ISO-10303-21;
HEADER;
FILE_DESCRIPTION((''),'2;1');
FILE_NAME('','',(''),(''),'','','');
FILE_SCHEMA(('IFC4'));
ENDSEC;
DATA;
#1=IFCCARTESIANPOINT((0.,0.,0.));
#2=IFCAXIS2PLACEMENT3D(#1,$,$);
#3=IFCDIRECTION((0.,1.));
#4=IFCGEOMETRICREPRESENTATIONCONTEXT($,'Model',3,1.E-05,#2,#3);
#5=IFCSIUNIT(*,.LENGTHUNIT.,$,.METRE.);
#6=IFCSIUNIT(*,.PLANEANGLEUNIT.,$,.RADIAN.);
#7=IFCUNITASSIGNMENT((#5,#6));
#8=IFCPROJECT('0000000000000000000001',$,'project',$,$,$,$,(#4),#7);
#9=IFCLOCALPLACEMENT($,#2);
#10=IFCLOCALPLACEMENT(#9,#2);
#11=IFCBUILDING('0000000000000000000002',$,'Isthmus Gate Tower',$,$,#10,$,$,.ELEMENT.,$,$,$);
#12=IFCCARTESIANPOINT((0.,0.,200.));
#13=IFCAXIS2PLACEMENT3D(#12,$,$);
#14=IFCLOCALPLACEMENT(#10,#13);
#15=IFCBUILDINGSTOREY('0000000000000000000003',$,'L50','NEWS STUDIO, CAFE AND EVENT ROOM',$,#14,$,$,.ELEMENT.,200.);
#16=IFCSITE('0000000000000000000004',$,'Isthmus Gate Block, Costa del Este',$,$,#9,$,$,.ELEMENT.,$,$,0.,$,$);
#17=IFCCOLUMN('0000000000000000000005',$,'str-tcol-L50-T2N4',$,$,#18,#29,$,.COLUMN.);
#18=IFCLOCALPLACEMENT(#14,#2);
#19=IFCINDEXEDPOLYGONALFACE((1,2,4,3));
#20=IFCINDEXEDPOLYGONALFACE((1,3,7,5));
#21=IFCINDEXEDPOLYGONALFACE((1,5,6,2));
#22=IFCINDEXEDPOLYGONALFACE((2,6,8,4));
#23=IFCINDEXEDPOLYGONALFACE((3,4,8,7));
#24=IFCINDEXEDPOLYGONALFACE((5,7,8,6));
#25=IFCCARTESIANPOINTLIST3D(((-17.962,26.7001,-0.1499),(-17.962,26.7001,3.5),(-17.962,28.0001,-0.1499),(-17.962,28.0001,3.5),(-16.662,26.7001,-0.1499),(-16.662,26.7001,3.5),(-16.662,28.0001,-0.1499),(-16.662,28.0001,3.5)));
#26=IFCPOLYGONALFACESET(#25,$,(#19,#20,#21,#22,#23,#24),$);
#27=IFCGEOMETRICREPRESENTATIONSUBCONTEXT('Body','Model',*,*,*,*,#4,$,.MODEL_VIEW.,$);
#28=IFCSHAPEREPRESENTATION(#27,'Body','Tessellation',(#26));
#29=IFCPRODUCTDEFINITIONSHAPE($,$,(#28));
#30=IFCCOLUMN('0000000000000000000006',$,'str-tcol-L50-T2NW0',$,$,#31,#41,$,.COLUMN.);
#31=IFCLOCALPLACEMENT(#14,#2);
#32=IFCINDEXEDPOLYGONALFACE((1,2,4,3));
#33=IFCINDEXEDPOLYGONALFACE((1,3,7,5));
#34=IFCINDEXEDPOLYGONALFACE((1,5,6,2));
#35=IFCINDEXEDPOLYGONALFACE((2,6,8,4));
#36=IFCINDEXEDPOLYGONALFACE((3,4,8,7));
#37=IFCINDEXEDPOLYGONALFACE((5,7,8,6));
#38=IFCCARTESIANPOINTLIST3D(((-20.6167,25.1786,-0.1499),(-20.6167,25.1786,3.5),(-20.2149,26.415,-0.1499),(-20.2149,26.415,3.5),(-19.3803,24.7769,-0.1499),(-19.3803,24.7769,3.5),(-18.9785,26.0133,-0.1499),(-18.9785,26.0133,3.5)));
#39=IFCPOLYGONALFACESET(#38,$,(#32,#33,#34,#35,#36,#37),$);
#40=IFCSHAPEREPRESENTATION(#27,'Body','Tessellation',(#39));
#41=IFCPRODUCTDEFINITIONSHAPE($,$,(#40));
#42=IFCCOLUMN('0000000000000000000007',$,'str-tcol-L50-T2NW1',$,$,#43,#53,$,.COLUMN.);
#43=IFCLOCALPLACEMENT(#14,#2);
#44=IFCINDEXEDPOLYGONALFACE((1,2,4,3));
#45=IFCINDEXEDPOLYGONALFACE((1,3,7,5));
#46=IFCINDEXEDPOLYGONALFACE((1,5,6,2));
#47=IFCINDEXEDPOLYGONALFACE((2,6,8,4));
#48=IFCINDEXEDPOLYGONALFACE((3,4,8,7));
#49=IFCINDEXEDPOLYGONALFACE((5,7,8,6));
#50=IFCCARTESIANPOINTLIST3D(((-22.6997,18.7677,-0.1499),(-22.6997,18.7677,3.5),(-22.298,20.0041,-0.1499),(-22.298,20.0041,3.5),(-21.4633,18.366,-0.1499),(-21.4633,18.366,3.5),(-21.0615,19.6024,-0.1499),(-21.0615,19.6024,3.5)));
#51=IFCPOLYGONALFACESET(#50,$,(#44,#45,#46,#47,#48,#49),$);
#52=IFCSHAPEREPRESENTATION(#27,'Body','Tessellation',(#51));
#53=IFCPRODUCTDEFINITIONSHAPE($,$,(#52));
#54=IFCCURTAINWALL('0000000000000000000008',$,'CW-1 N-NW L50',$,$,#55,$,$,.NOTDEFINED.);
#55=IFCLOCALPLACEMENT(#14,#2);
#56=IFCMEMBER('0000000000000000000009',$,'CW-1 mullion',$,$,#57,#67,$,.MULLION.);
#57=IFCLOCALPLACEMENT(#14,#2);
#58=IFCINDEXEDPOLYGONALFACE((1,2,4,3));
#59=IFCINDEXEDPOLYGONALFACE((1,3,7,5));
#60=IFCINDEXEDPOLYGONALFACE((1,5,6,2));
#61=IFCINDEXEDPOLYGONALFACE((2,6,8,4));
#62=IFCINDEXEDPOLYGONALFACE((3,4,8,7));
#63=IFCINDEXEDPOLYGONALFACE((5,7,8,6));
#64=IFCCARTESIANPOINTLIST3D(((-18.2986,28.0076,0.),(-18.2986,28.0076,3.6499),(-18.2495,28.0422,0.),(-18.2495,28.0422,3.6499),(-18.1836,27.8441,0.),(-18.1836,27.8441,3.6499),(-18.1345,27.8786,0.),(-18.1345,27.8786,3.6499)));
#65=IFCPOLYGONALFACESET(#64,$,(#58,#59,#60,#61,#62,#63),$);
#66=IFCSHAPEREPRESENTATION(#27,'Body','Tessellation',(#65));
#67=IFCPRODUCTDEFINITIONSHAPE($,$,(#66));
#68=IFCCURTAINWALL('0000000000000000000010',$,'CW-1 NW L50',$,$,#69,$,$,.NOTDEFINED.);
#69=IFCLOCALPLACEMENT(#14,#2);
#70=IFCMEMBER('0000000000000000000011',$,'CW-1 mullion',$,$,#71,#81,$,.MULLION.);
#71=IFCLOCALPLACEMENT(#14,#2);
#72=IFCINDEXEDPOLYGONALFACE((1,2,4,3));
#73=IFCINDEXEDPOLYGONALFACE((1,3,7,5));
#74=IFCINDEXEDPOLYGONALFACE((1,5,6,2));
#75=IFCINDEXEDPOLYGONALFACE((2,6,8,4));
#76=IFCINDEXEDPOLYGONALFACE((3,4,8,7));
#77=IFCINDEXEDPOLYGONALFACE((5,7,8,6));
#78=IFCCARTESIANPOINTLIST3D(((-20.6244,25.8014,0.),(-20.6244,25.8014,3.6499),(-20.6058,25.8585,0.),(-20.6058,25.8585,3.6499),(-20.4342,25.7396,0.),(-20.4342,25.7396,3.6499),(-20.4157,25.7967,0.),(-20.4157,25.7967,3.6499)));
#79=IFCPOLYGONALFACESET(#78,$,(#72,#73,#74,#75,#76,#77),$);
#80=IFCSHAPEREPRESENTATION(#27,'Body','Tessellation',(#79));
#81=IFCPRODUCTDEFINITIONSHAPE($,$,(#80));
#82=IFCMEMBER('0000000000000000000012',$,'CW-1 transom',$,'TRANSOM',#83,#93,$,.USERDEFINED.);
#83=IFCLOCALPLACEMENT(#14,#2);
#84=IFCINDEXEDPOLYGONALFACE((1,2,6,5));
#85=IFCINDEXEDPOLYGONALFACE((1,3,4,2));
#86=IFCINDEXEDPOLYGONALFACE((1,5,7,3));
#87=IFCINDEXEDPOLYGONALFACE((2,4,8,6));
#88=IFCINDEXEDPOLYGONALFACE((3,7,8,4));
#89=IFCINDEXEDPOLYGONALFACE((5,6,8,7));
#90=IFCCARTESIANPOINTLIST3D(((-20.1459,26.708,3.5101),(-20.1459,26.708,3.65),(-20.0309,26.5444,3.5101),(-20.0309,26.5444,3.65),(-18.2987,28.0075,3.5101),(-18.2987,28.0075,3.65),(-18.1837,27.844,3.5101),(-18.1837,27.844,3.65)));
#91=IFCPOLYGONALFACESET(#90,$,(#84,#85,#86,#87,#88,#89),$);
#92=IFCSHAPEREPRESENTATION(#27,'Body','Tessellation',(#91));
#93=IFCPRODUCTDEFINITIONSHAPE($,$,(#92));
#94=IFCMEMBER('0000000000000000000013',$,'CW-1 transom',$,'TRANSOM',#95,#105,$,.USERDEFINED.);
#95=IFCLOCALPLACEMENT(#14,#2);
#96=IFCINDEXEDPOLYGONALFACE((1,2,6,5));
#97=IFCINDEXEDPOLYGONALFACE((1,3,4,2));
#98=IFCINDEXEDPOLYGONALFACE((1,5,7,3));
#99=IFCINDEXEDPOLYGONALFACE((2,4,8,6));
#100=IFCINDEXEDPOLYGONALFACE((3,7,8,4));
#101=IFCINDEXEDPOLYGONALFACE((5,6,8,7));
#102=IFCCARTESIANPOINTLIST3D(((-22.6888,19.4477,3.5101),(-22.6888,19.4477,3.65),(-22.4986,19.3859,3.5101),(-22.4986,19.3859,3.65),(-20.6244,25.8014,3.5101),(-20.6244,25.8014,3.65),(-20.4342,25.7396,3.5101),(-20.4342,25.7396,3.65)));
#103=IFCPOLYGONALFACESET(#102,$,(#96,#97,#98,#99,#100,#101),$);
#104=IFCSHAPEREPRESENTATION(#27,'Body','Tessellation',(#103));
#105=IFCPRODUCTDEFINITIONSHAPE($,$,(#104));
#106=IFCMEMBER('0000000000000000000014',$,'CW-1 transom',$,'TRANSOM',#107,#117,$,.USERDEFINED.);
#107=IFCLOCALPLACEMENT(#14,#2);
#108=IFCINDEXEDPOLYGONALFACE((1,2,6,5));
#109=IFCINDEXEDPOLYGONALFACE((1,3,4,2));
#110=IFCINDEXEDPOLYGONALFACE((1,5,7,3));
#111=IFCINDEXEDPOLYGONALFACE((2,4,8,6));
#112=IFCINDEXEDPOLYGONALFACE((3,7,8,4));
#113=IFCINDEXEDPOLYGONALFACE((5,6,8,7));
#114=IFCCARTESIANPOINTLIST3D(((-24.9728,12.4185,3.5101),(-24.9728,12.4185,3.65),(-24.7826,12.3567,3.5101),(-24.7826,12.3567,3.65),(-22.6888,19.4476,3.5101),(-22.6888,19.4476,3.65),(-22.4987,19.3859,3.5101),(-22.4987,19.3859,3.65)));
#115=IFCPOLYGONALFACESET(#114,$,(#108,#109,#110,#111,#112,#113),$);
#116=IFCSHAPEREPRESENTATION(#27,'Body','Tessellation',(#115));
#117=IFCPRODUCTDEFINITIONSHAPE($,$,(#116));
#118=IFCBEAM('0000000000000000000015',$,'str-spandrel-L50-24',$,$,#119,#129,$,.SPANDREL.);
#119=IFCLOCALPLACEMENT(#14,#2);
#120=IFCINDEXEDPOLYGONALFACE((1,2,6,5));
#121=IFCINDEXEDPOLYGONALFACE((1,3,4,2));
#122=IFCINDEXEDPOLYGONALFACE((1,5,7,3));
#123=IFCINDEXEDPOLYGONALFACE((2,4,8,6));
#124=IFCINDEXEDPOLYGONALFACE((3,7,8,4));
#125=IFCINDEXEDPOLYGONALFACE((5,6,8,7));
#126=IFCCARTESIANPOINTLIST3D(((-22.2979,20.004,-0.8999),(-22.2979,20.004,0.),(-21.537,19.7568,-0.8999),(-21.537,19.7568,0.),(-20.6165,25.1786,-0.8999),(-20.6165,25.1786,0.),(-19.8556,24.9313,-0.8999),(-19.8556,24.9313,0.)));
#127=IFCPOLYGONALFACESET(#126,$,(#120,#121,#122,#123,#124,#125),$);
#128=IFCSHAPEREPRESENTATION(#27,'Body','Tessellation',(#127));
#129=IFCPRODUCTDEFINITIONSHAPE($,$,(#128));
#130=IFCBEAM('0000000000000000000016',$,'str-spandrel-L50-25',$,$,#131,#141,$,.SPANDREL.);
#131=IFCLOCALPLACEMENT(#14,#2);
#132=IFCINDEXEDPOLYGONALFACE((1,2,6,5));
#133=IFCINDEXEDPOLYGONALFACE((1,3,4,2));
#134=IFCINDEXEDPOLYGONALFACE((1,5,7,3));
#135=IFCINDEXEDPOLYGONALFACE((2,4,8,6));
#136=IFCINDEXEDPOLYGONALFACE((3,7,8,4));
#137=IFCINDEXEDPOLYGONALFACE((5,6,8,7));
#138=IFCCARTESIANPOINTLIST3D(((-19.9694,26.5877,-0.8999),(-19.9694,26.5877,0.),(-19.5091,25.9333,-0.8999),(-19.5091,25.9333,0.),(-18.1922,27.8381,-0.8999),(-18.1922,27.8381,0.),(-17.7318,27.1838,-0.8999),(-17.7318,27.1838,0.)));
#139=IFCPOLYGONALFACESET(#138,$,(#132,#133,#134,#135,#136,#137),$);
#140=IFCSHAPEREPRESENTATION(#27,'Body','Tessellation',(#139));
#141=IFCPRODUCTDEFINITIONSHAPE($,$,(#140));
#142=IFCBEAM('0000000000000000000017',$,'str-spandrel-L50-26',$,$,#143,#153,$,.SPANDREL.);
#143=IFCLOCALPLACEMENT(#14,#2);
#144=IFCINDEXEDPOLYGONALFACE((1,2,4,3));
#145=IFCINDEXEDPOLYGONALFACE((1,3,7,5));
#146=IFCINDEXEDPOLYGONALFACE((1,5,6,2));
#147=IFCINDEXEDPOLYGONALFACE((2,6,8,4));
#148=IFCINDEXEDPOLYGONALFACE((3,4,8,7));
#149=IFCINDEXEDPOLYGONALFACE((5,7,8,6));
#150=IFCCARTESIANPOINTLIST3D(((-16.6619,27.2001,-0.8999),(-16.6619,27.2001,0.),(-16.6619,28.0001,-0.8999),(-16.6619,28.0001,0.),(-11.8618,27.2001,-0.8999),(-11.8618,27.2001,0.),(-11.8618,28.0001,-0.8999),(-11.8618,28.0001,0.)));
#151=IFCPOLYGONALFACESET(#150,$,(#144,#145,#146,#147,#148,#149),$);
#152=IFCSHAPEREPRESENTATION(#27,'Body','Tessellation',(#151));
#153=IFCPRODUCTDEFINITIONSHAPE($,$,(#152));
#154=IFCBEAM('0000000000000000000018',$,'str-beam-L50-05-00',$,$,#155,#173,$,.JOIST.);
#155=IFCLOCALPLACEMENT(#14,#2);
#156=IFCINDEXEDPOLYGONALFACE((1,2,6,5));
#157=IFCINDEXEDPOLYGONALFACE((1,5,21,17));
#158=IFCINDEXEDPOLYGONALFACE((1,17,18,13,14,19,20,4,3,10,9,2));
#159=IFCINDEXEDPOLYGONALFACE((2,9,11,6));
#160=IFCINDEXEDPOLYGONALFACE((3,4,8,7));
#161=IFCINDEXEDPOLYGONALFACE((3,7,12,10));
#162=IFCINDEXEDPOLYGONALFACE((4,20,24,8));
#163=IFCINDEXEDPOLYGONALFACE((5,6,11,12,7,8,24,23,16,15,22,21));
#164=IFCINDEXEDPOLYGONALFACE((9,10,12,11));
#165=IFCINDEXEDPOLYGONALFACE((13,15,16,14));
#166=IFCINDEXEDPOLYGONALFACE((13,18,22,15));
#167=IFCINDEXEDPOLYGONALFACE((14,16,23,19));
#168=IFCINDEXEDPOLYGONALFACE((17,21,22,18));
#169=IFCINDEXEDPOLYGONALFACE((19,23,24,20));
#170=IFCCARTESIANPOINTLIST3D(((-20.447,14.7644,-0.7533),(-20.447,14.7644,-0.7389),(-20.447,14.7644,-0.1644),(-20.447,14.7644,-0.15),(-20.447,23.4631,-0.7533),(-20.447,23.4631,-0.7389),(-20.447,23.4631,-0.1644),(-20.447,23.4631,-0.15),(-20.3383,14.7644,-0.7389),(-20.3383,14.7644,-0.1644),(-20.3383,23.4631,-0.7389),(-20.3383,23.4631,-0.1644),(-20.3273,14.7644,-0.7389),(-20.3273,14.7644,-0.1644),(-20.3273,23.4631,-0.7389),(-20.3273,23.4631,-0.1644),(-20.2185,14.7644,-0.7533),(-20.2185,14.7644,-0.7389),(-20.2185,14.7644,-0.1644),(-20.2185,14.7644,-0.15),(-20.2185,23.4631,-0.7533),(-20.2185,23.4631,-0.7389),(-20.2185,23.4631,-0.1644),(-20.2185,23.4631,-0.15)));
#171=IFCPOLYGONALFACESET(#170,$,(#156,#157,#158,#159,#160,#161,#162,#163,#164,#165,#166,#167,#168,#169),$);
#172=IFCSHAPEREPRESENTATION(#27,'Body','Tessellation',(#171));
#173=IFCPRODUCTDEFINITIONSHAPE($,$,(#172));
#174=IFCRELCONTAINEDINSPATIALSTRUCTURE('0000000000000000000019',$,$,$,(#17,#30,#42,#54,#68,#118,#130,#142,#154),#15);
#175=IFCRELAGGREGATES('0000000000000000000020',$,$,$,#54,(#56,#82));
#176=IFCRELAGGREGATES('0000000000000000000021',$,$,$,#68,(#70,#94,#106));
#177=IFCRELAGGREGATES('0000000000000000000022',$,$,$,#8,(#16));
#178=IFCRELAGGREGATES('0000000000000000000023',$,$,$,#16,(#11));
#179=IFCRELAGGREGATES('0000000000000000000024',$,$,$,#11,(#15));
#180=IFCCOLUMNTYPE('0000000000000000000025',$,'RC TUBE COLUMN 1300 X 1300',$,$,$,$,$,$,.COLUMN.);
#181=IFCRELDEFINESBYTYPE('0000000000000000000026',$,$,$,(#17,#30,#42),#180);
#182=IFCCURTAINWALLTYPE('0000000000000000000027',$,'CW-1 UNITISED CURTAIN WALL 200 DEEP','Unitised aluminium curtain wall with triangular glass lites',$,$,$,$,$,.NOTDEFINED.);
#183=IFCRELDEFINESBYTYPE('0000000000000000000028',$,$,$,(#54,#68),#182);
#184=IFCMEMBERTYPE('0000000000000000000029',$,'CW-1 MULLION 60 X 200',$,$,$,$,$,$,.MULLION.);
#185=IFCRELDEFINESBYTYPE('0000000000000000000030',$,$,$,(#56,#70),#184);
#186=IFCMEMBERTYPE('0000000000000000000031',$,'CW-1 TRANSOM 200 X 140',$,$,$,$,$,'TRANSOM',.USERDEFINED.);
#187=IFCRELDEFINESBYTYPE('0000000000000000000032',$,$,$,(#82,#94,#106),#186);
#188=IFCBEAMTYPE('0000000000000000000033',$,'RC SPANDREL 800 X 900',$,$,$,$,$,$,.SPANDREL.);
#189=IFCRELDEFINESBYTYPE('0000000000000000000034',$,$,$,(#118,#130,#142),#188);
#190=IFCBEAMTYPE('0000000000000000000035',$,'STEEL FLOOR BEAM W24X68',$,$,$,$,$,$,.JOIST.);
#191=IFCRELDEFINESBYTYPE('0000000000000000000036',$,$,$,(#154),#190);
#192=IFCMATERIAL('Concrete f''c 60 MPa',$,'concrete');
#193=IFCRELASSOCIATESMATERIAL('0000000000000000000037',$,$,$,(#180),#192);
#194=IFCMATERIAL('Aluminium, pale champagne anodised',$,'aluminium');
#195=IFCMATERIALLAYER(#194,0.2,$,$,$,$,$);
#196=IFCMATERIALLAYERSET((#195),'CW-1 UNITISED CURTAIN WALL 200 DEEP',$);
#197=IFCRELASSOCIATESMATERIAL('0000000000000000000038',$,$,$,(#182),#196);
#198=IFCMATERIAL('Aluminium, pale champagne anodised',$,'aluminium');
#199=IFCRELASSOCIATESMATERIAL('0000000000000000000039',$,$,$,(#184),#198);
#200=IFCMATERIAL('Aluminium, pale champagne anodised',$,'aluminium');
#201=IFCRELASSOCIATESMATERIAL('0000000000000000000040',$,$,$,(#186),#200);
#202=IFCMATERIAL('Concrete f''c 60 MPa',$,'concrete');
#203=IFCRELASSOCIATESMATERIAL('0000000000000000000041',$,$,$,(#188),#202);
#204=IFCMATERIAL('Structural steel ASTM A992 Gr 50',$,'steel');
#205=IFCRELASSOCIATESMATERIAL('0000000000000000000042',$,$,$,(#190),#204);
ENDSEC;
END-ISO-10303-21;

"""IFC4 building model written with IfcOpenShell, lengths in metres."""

from ifc_helpers import new_model, si_unit, direction, frame, origin, origin_2d, place, context, subcontext, project, spatial, rectangle, i_section, extrude, material, layer, layer_set, material_profile, profile_set, type_object, element, aggregate, save


model = new_model("IFC4")

# Units and contexts
model_context = context("Model", 3, precision=1e-05, world=origin(), true_north=direction((0.0, 1.0)))
body_context = subcontext(model_context, "Body", "Model", "MODEL_VIEW")
ifc_project = project(units=[si_unit("LENGTHUNIT", "METRE"), si_unit("PLANEANGLEUNIT", "RADIAN")], contexts=[model_context])

# Site, building, storey
site_placement = place(None, origin())
site = spatial("IfcSite", under=ifc_project, at=site_placement, Name="Isthmus Gate Block, Costa del Este", CompositionType="ELEMENT", RefElevation=0.0)
building_placement = place(site_placement, origin())
building = spatial("IfcBuilding", under=site, at=building_placement, Name="Isthmus Gate Tower", CompositionType="ELEMENT")
storey_placement = place(building_placement, frame((0.0, 0.0, 200.0)))
storey = spatial("IfcBuildingStorey", under=building, at=storey_placement, Name="L50", Description="NEWS STUDIO, CAFE AND EVENT ROOM", CompositionType="ELEMENT", Elevation=200.0)

# Columns
ifc_material_1 = material(Name="Concrete f'c 60 MPa", Category="concrete")
ifc_material_profile_1 = material_profile(ifc_material_1, rectangle(XDim=1.3, YDim=1.3, at=origin_2d()), Name="RC 1300X1300")
ifc_profile_set_1 = profile_set([ifc_material_profile_1], Name="Concrete f'c 60 MPa")
column_type = type_object("IfcColumnType", Name="RC TUBE COLUMN 1300 X 1300", PredefinedType="COLUMN", material=ifc_profile_set_1)
for number, where, z_axis, x_axis, name in (
    (1, (-17.312, 27.3501, -0.1499), (0.0, 0.0, 1.0), (-1.0, 0.0, 0.0), "str-tcol-L50-T2N4"),
    (2, (-19.7976, 25.5959, -0.1499), (0.0, 0.0, 1.0), (-0.309017, -0.951057, 0.0), "str-tcol-L50-T2NW0"),
    (3, (-21.8806, 19.1851, -0.1499), (0.0, 0.0, 1.0), (-0.309017, -0.951057, 0.0), "str-tcol-L50-T2NW1"),
):
    element("IfcColumn", number, at=place(storey_placement, frame(where, z_axis=z_axis, x_axis=x_axis)), inside=storey, type_object=column_type, Name=name, PredefinedType="COLUMN", context=body_context, shape_type="SweptSolid", body=[
        extrude(rectangle(XDim=1.3, YDim=1.3, at=origin_2d()), origin(), (0.0, 0.0, 1.0), 3.6499),
    ])

# Curtain walls, members
ifc_material_2 = material(Name="Aluminium, pale champagne anodised", Category="aluminium")
ifc_layer_1 = layer(ifc_material_2, 0.2)
ifc_layer_set_1 = layer_set([ifc_layer_1], Name="CW-1 UNITISED CURTAIN WALL 200 DEEP")
curtain_wall_type = type_object("IfcCurtainWallType", Name="CW-1 UNITISED CURTAIN WALL 200 DEEP", Description="Unitised aluminium curtain wall with triangular glass lites", PredefinedType="NOTDEFINED", material=ifc_layer_set_1)
curtain_wall_1_placement = place(storey_placement, origin())
curtain_wall_1 = element("IfcCurtainWall", 4, at=curtain_wall_1_placement, inside=storey, type_object=curtain_wall_type, Name="CW-1 N-NW L50", PredefinedType="NOTDEFINED")
ifc_material_3 = material(Name="Aluminium, pale champagne anodised", Category="aluminium")
ifc_material_profile_2 = material_profile(ifc_material_3, rectangle(XDim=0.0601, YDim=0.2, at=origin_2d()), Name="60x200")
ifc_profile_set_2 = profile_set([ifc_material_profile_2], Name="Aluminium, pale champagne anodised")
member_type_1 = type_object("IfcMemberType", Name="CW-1 MULLION 60 X 200", PredefinedType="MULLION", material=ifc_profile_set_2)
member_1_placement = place(storey_placement, frame((-18.2166, 27.9431, 0.0), z_axis=(0.0, 0.0, 1.0), x_axis=(-0.81786, -0.575418, 0.0)))
member_1 = element("IfcMember", 5, at=member_1_placement, type_object=member_type_1, Name="CW-1 mullion", PredefinedType="MULLION", context=body_context, shape_type="SweptSolid", body=[
    extrude(rectangle(XDim=0.0601, YDim=0.2, at=origin_2d()), origin(), (0.0, 0.0, 1.0), 3.6499),
])
curtain_wall_2_placement = place(storey_placement, origin())
curtain_wall_2 = element("IfcCurtainWall", 6, at=curtain_wall_2_placement, inside=storey, type_object=curtain_wall_type, Name="CW-1 NW L50", PredefinedType="NOTDEFINED")
member_2_placement = place(storey_placement, frame((-20.52, 25.7991, 0.0), z_axis=(0.0, 0.0, 1.0), x_axis=(-0.309017, -0.951057, 0.0)))
member_2 = element("IfcMember", 7, at=member_2_placement, type_object=member_type_1, Name="CW-1 mullion", PredefinedType="MULLION", context=body_context, shape_type="SweptSolid", body=[
    extrude(rectangle(XDim=0.0601, YDim=0.2, at=origin_2d()), origin(), (0.0, 0.0, 1.0), 3.6499),
])

# Members
ifc_material_4 = material(Name="Aluminium, pale champagne anodised", Category="aluminium")
ifc_material_profile_3 = material_profile(ifc_material_4, rectangle(XDim=0.2, YDim=0.1399, at=origin_2d()), Name="200x140")
ifc_profile_set_3 = profile_set([ifc_material_profile_3], Name="Aluminium, pale champagne anodised")
member_type_2 = type_object("IfcMemberType", Name="CW-1 TRANSOM 200 X 140", ElementType="TRANSOM", PredefinedType="USERDEFINED", material=ifc_profile_set_3)
member_3_placement = place(storey_placement, frame((-18.2412, 27.9258, 3.5801), z_axis=(-0.817869, -0.575405, 0.0), x_axis=(0.575405, -0.817869, 0.0)))
member_3 = element("IfcMember", 8, at=member_3_placement, type_object=member_type_2, Name="CW-1 transom", ObjectType="TRANSOM", PredefinedType="USERDEFINED", context=body_context, shape_type="SweptSolid", body=[
    extrude(rectangle(XDim=0.2, YDim=0.1399, at=origin_2d()), origin(), (0.0, 0.0, 1.0), 2.2585),
])
member_4_placement = place(storey_placement, frame((-20.5293, 25.7705, 3.5801), z_axis=(-0.309016, -0.951057, 0.0), x_axis=(0.951057, -0.309016, 0.0)))
member_4 = element("IfcMember", 9, at=member_4_placement, type_object=member_type_2, Name="CW-1 transom", ObjectType="TRANSOM", PredefinedType="USERDEFINED", context=body_context, shape_type="SweptSolid", body=[
    extrude(rectangle(XDim=0.2, YDim=0.1399, at=origin_2d()), origin(), (0.0, 0.0, 1.0), 6.6807),
])
member_5_placement = place(storey_placement, frame((-22.5938, 19.4167, 3.5801), z_axis=(-0.309024, -0.951054, 0.0), x_axis=(0.951054, -0.309024, 0.0)))
member_5 = element("IfcMember", 10, at=member_5_placement, type_object=member_type_2, Name="CW-1 transom", ObjectType="TRANSOM", PredefinedType="USERDEFINED", context=body_context, shape_type="SweptSolid", body=[
    extrude(rectangle(XDim=0.2, YDim=0.1399, at=origin_2d()), origin(), (0.0, 0.0, 1.0), 7.3909),
])

# Beams
ifc_material_5 = material(Name="Concrete f'c 60 MPa", Category="concrete")
ifc_material_profile_4 = material_profile(ifc_material_5, rectangle(XDim=0.8, YDim=0.8999, at=origin_2d()), Name="RC 800X900")
ifc_profile_set_4 = profile_set([ifc_material_profile_4], Name="Concrete f'c 60 MPa")
beam_type_1 = type_object("IfcBeamType", Name="RC SPANDREL 800 X 900", PredefinedType="SPANDREL", material=ifc_profile_set_4)
beam_1_placement = place(storey_placement, frame((-21.9175, 19.8804, -0.45), z_axis=(0.30903, 0.951052, 0.0), x_axis=(-0.951052, 0.30903, 0.0)))
element("IfcBeam", 11, at=beam_1_placement, inside=storey, type_object=beam_type_1, Name="str-spandrel-L50-24", PredefinedType="SPANDREL", context=body_context, shape_type="SweptSolid", body=[
    extrude(rectangle(XDim=0.8, YDim=0.8999, at=origin_2d()), origin(), (0.0, 0.0, 1.0), 5.4409),
])
beam_2_placement = place(storey_placement, frame((-19.7393, 26.2605, -0.45), z_axis=(0.817857, 0.575421, 0.0), x_axis=(-0.575421, 0.817857, 0.0)))
element("IfcBeam", 12, at=beam_2_placement, inside=storey, type_object=beam_type_1, Name="str-spandrel-L50-25", PredefinedType="SPANDREL", context=body_context, shape_type="SweptSolid", body=[
    extrude(rectangle(XDim=0.8, YDim=0.8999, at=origin_2d()), origin(), (0.0, 0.0, 1.0), 2.1731),
])
beam_3_placement = place(storey_placement, frame((-16.6619, 27.6001, -0.45), z_axis=(1.0, 0.0, 0.0), x_axis=(0.0, 1.0, 0.0)))
element("IfcBeam", 13, at=beam_3_placement, inside=storey, type_object=beam_type_1, Name="str-spandrel-L50-26", PredefinedType="SPANDREL", context=body_context, shape_type="SweptSolid", body=[
    extrude(rectangle(XDim=0.8, YDim=0.8999, at=origin_2d()), origin(), (0.0, 0.0, 1.0), 4.8),
])
ifc_material_6 = material(Name="Structural steel ASTM A992 Gr 50", Category="steel")
ifc_material_profile_5 = material_profile(ifc_material_6, i_section(OverallWidth=0.2285, OverallDepth=0.6033, WebThickness=0.011, FlangeThickness=0.0144, at=origin_2d()), Name="W24X68")
ifc_profile_set_5 = profile_set([ifc_material_profile_5], Name="Structural steel ASTM A992 Gr 50")
beam_type_2 = type_object("IfcBeamType", Name="STEEL FLOOR BEAM W24X68", PredefinedType="JOIST", material=ifc_profile_set_5)
beam_4_placement = place(storey_placement, frame((-20.3328, 14.7644, -0.4517), z_axis=(0.0, 1.0, 0.0), x_axis=(-1.0, 0.0, 0.0)))
element("IfcBeam", 14, at=beam_4_placement, inside=storey, type_object=beam_type_2, Name="str-beam-L50-05-00", PredefinedType="JOIST", context=body_context, shape_type="SweptSolid", body=[
    extrude(i_section(OverallWidth=0.2285, OverallDepth=0.6033, WebThickness=0.011, FlangeThickness=0.0144, at=origin_2d()), origin(), (0.0, 0.0, 1.0), 8.6987),
])

aggregate(curtain_wall_1, [member_1, member_3])

aggregate(curtain_wall_2, [member_2, member_4, member_5])

save(model, "model.ifc")
